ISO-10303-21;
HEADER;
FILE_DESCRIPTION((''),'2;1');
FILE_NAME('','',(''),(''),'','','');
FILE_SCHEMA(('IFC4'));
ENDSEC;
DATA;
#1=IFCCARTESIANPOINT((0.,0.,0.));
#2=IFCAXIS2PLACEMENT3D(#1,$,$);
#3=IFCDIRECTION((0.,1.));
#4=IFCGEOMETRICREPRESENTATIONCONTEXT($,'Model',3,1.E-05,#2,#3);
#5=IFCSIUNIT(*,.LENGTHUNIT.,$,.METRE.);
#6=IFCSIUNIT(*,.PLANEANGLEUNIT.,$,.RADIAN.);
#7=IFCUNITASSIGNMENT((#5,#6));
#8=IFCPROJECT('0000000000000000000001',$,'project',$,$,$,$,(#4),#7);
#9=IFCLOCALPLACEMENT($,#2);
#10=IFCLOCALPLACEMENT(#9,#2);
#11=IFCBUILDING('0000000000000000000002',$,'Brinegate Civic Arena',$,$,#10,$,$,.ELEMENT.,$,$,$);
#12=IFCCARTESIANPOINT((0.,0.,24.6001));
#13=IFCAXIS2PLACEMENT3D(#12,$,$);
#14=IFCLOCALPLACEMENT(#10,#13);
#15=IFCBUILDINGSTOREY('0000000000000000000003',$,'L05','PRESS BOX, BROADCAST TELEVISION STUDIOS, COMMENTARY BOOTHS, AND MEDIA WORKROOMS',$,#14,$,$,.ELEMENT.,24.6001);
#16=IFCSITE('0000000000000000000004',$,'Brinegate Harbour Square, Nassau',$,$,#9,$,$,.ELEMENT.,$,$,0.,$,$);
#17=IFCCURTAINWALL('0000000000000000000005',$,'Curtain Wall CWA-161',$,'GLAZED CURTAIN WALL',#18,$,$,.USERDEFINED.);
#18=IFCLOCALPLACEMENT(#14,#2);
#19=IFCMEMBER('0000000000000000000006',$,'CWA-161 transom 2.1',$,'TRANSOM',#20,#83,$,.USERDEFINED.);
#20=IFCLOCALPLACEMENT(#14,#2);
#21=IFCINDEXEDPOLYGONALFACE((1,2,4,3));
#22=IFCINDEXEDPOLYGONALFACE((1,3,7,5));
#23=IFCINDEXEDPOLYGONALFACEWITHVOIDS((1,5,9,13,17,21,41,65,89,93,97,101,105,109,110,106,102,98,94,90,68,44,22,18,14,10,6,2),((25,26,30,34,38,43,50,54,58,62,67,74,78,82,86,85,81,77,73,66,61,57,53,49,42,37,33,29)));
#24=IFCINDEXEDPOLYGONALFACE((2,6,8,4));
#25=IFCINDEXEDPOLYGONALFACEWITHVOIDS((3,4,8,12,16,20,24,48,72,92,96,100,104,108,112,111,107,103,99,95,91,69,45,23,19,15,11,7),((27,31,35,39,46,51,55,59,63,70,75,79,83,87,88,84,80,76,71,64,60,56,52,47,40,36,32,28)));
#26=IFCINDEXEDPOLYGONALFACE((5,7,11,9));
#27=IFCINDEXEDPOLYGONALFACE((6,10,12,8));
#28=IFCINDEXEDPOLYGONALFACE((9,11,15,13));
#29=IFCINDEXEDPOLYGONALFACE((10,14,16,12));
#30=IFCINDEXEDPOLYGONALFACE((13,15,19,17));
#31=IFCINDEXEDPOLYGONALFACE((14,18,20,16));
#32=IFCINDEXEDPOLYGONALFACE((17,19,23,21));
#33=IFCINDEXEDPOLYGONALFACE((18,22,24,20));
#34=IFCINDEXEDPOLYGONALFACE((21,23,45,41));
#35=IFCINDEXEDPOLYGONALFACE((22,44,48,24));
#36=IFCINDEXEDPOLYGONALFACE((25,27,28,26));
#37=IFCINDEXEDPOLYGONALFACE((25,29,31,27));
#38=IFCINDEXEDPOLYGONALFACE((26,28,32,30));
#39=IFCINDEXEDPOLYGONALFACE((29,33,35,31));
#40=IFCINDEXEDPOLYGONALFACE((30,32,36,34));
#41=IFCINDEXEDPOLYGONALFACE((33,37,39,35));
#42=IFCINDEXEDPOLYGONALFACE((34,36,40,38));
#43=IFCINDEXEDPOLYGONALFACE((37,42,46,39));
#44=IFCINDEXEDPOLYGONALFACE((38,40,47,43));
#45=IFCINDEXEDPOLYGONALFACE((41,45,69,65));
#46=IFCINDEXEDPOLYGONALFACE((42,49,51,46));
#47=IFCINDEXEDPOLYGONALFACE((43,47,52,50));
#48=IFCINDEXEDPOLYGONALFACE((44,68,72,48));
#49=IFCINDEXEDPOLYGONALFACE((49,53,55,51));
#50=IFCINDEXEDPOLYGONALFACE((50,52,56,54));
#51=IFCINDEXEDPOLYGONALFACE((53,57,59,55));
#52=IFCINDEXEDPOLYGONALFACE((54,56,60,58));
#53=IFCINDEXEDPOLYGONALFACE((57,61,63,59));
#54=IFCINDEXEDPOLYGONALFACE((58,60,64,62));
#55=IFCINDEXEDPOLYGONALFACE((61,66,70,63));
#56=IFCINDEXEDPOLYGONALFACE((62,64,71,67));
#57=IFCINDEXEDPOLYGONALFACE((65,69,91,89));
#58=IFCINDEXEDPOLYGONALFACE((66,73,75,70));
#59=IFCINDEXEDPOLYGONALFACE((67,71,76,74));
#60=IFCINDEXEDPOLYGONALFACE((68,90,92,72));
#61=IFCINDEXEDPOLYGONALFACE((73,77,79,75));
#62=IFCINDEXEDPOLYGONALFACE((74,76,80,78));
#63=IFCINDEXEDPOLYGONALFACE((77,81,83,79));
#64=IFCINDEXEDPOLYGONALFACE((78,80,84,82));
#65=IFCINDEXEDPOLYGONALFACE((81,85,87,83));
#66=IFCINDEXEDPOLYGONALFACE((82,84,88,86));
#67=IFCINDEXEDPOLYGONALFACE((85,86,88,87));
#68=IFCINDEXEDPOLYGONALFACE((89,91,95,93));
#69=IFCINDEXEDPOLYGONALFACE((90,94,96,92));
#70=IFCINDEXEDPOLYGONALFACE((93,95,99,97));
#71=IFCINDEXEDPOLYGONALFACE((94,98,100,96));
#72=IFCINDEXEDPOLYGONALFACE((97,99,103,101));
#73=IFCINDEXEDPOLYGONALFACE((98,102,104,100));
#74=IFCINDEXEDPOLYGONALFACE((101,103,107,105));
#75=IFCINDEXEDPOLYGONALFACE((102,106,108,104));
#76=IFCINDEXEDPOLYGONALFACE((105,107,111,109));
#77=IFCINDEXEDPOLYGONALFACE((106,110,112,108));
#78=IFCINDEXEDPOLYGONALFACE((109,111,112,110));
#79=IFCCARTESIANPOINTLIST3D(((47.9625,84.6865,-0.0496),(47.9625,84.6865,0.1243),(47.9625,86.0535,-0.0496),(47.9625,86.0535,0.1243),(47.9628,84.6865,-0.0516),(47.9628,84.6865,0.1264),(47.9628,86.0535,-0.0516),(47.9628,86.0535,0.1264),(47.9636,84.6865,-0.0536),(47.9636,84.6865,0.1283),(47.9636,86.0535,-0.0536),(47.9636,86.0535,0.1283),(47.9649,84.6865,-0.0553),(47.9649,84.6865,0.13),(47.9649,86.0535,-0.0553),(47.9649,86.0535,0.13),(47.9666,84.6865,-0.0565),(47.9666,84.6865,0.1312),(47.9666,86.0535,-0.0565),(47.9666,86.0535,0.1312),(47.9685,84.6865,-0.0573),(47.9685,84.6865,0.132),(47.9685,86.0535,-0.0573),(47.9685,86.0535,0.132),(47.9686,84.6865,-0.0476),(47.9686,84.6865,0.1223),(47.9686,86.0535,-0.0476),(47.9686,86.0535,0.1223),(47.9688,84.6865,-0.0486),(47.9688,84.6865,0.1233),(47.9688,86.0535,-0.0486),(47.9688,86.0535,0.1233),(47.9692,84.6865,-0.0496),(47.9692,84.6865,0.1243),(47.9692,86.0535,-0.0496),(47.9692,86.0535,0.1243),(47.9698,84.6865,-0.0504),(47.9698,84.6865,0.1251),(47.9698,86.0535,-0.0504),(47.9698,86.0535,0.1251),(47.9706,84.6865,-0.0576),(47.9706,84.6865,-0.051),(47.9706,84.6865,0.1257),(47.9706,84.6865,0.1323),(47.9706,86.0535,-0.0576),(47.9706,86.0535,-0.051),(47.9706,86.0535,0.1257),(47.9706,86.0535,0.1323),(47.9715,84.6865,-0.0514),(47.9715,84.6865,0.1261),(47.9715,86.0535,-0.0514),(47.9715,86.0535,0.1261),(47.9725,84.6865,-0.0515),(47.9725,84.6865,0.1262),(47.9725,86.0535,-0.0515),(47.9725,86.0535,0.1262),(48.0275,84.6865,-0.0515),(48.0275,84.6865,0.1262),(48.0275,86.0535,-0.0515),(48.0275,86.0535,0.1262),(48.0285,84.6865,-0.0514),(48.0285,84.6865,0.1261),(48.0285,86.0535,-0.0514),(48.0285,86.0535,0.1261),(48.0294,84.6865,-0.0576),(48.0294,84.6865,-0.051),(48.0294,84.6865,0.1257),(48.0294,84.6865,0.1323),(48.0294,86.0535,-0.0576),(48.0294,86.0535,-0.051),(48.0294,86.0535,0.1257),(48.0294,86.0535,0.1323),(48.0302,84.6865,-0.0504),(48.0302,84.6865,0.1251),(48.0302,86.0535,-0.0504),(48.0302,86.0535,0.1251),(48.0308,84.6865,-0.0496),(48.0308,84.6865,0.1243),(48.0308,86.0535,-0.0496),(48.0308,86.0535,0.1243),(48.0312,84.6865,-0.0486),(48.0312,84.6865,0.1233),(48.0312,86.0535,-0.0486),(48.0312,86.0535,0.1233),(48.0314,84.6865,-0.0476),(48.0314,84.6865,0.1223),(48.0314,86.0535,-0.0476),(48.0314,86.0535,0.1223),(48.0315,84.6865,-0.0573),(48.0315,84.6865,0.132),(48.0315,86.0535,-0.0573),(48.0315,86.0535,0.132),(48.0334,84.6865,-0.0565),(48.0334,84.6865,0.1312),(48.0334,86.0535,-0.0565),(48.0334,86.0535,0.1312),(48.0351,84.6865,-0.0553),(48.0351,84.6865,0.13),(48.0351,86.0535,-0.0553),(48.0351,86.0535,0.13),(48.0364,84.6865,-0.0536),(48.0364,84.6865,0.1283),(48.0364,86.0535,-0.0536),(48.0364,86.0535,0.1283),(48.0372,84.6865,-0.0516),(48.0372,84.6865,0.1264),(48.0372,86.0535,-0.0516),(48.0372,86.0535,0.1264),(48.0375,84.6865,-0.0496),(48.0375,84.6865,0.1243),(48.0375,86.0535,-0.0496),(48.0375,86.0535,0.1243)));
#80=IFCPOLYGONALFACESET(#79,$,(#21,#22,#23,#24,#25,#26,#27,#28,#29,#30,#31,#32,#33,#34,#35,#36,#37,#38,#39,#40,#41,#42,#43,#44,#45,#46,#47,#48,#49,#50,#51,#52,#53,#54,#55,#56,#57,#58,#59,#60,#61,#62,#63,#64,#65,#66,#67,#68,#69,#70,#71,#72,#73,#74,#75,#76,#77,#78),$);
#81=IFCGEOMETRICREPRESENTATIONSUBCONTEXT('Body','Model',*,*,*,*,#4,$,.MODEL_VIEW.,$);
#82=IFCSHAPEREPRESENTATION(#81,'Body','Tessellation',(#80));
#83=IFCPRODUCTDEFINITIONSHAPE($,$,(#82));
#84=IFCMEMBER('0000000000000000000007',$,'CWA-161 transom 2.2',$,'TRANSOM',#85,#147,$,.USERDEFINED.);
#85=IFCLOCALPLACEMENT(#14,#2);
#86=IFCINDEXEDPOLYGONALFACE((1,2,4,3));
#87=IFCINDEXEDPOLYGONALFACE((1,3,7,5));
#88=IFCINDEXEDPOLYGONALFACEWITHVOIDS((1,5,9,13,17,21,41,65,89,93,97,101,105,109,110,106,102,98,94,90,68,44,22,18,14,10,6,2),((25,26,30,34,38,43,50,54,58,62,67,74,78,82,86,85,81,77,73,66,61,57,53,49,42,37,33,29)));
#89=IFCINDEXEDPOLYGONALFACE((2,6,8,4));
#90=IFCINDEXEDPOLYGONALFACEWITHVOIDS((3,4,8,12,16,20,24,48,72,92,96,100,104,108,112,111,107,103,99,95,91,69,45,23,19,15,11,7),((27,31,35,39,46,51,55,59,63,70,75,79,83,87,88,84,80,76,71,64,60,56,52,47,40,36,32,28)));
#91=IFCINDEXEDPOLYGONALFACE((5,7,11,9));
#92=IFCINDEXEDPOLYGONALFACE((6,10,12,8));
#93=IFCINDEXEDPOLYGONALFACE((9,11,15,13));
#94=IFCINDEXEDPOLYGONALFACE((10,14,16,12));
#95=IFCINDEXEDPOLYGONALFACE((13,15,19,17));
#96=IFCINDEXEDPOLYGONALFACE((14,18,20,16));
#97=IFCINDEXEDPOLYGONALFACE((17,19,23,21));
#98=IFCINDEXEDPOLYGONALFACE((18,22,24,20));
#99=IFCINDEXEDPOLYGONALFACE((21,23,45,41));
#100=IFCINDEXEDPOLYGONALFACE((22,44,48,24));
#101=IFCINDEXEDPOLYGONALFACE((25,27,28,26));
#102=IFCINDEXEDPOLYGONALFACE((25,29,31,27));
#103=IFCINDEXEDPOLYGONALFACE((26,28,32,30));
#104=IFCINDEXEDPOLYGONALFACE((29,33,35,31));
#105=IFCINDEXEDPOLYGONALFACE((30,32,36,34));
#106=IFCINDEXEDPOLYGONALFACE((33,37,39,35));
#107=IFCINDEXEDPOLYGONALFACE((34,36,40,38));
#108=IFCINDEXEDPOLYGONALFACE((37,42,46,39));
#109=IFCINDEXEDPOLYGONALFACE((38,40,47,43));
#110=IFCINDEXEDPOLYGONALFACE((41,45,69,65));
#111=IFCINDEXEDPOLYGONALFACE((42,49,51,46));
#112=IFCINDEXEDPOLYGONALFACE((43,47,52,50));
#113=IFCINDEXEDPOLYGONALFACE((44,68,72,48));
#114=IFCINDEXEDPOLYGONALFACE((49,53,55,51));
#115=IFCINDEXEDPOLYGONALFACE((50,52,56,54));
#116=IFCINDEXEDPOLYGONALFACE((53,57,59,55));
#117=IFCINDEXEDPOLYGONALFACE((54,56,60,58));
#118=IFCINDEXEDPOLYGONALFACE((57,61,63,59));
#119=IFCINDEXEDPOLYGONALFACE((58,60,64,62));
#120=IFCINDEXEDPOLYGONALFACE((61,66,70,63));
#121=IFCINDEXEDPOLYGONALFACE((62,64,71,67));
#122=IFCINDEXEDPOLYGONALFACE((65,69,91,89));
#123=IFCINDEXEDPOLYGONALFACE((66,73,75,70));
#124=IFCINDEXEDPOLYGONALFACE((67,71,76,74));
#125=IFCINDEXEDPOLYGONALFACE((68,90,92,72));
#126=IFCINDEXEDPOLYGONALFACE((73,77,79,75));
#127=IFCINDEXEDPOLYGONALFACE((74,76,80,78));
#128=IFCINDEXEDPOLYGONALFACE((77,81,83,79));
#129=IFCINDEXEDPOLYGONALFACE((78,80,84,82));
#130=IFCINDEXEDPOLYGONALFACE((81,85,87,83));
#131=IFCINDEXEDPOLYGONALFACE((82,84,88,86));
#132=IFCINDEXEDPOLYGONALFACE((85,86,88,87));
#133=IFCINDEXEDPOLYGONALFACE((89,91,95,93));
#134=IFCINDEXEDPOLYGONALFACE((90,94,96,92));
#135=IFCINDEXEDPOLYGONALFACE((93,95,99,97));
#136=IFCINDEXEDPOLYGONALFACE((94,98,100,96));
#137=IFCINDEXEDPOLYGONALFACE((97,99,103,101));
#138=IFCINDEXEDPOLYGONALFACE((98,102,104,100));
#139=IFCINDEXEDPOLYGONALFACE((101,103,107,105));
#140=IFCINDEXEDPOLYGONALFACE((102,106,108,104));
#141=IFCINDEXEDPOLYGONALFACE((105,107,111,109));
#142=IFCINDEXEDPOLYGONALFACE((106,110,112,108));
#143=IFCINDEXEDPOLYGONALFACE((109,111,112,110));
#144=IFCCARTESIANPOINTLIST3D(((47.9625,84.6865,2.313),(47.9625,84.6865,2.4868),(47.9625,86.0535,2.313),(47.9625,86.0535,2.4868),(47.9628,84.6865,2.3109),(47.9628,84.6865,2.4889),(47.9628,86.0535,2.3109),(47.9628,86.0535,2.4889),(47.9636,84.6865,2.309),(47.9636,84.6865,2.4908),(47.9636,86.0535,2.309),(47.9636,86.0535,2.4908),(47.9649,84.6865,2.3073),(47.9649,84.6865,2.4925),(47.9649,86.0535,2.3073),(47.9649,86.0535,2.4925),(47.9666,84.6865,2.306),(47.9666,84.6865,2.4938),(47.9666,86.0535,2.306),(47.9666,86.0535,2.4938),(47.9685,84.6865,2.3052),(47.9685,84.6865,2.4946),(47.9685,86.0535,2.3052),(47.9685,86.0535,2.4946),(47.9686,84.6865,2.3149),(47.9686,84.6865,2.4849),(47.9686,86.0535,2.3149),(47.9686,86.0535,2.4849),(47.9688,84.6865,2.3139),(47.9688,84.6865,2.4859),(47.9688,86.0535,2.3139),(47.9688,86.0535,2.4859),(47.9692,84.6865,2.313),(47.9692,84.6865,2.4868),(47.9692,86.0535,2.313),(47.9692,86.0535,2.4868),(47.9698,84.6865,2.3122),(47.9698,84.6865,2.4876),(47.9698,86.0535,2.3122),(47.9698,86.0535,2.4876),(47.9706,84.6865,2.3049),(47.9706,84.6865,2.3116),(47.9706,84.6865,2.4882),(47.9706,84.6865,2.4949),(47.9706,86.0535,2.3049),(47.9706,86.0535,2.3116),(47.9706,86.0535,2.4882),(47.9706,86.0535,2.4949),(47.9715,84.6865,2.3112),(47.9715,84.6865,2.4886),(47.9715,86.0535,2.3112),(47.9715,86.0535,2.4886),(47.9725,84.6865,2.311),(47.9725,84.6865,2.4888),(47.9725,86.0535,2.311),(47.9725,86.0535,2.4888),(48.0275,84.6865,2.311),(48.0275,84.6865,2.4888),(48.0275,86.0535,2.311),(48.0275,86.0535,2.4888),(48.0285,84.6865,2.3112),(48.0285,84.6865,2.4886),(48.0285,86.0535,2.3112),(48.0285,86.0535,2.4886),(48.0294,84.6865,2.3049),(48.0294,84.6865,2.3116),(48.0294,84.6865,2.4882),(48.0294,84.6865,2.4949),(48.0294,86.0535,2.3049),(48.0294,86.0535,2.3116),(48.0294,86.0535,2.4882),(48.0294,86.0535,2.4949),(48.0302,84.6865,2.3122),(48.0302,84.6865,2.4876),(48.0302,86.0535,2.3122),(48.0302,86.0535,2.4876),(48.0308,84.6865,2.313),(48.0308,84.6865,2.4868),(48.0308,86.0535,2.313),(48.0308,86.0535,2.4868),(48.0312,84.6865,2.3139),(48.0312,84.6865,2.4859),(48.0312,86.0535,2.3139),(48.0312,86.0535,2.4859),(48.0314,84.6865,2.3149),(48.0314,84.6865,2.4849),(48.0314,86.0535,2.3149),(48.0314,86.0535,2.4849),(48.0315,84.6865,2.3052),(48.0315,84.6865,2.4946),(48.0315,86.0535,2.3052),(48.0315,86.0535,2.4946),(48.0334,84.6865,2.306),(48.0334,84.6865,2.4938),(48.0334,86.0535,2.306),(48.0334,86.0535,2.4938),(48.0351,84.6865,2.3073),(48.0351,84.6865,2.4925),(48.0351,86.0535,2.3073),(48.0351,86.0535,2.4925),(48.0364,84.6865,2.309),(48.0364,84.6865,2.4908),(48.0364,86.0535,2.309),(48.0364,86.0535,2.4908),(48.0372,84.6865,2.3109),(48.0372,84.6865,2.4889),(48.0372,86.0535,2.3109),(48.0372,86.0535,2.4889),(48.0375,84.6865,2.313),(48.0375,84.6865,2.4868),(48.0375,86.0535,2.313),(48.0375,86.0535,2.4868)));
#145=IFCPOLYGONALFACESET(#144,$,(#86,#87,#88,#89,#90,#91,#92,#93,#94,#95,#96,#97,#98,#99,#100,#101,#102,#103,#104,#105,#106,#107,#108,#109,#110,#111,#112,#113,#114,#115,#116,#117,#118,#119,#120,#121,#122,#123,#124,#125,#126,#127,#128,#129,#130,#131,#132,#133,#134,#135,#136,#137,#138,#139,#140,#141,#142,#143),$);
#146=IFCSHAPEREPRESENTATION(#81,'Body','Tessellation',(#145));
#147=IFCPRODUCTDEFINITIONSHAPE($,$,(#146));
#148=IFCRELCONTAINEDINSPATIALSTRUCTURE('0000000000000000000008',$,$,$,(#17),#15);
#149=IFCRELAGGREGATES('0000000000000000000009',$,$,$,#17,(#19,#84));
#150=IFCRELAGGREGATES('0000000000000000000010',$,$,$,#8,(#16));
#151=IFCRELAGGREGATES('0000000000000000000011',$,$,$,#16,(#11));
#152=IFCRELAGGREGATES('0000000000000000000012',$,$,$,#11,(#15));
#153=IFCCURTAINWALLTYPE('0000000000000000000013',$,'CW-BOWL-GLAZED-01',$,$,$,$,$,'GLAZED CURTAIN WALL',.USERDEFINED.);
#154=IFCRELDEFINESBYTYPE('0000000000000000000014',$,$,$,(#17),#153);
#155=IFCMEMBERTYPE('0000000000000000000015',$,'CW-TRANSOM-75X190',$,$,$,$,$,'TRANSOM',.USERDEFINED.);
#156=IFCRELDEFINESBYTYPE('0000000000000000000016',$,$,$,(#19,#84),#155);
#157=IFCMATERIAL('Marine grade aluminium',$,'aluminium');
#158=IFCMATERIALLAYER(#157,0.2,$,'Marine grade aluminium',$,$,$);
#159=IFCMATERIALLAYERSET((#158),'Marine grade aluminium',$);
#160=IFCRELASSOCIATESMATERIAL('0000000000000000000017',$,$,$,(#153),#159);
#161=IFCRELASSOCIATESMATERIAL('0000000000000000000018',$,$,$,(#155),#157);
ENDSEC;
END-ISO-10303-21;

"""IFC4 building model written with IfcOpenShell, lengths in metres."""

from ifc_helpers import new_model, si_unit, direction, frame, origin, origin_2d, place, context, subcontext, project, spatial, hollow_rectangle, extrude, material, layer, layer_set, material_profile, profile_set, type_object, element, aggregate, save


model = new_model("IFC4")

# Units and contexts
model_context = context("Model", 3, precision=1e-05, world=origin(), true_north=direction((0.0, 1.0)))
body_context = subcontext(model_context, "Body", "Model", "MODEL_VIEW")
ifc_project = project(units=[si_unit("LENGTHUNIT", "METRE"), si_unit("PLANEANGLEUNIT", "RADIAN")], contexts=[model_context])

# Site, building, storey
site_placement = place(None, origin())
site = spatial("IfcSite", under=ifc_project, at=site_placement, Name="Brinegate Harbour Square, Nassau", CompositionType="ELEMENT", RefElevation=0.0)
building_placement = place(site_placement, origin())
building = spatial("IfcBuilding", under=site, at=building_placement, Name="Brinegate Civic Arena", CompositionType="ELEMENT")
storey_placement = place(building_placement, frame((0.0, 0.0, 24.6001)))
storey = spatial("IfcBuildingStorey", under=building, at=storey_placement, Name="L05", Description="PRESS BOX, BROADCAST TELEVISION STUDIOS, COMMENTARY BOOTHS, AND MEDIA WORKROOMS", CompositionType="ELEMENT", Elevation=24.6001)

# Curtain wall, members
ifc_material_1 = material(Name="Marine grade aluminium", Category="aluminium")
ifc_layer_1 = layer(ifc_material_1, 0.2, Name="Marine grade aluminium")
ifc_layer_set_1 = layer_set([ifc_layer_1], Name="Marine grade aluminium")
curtain_wall_type = type_object("IfcCurtainWallType", Name="CW-BOWL-GLAZED-01", ElementType="GLAZED CURTAIN WALL", PredefinedType="USERDEFINED", material=ifc_layer_set_1)
curtain_wall_placement = place(storey_placement, origin())
curtain_wall = element("IfcCurtainWall", 1, at=curtain_wall_placement, inside=storey, type_object=curtain_wall_type, Name="Curtain Wall CWA-161", ObjectType="GLAZED CURTAIN WALL", PredefinedType="USERDEFINED")
ifc_material_profile_1 = material_profile(ifc_material_1, hollow_rectangle(XDim=0.075, YDim=0.1899, WallThickness=0.0061, InnerFilletRadius=0.0039, OuterFilletRadius=0.0081, at=origin_2d()), Name="TRN75X190")
ifc_profile_set_1 = profile_set([ifc_material_profile_1], Name="Marine grade aluminium")
member_type_1 = type_object("IfcMemberType", Name="CW-TRANSOM-75X190", ElementType="TRANSOM", PredefinedType="USERDEFINED", material=ifc_profile_set_1)
member_1_placement = place(storey_placement, frame((48.0, 84.6865, 0.0374), z_axis=(0.0, 1.0, 0.0), x_axis=(-1.0, 0.0, 0.0)))
member_1 = element("IfcMember", 2, at=member_1_placement, type_object=member_type_1, Name="CWA-161 transom 2.1", ObjectType="TRANSOM", PredefinedType="USERDEFINED", context=body_context, shape_type="SweptSolid", body=[
    extrude(hollow_rectangle(XDim=0.075, YDim=0.1899, WallThickness=0.0061, InnerFilletRadius=0.0039, OuterFilletRadius=0.0081, at=origin_2d()), origin(), (0.0, 0.0, 1.0), 1.3669),
])
member_2_placement = place(storey_placement, frame((48.0, 84.6865, 2.3999), z_axis=(0.0, 1.0, 0.0), x_axis=(-1.0, 0.0, 0.0)))
member_2 = element("IfcMember", 3, at=member_2_placement, type_object=member_type_1, Name="CWA-161 transom 2.2", ObjectType="TRANSOM", PredefinedType="USERDEFINED", context=body_context, shape_type="SweptSolid", body=[
    extrude(hollow_rectangle(XDim=0.075, YDim=0.1899, WallThickness=0.0061, InnerFilletRadius=0.0039, OuterFilletRadius=0.0081, at=origin_2d()), origin(), (0.0, 0.0, 1.0), 1.3669),
])
aggregate(curtain_wall, [member_1, member_2])

save(model, "model.ifc")
